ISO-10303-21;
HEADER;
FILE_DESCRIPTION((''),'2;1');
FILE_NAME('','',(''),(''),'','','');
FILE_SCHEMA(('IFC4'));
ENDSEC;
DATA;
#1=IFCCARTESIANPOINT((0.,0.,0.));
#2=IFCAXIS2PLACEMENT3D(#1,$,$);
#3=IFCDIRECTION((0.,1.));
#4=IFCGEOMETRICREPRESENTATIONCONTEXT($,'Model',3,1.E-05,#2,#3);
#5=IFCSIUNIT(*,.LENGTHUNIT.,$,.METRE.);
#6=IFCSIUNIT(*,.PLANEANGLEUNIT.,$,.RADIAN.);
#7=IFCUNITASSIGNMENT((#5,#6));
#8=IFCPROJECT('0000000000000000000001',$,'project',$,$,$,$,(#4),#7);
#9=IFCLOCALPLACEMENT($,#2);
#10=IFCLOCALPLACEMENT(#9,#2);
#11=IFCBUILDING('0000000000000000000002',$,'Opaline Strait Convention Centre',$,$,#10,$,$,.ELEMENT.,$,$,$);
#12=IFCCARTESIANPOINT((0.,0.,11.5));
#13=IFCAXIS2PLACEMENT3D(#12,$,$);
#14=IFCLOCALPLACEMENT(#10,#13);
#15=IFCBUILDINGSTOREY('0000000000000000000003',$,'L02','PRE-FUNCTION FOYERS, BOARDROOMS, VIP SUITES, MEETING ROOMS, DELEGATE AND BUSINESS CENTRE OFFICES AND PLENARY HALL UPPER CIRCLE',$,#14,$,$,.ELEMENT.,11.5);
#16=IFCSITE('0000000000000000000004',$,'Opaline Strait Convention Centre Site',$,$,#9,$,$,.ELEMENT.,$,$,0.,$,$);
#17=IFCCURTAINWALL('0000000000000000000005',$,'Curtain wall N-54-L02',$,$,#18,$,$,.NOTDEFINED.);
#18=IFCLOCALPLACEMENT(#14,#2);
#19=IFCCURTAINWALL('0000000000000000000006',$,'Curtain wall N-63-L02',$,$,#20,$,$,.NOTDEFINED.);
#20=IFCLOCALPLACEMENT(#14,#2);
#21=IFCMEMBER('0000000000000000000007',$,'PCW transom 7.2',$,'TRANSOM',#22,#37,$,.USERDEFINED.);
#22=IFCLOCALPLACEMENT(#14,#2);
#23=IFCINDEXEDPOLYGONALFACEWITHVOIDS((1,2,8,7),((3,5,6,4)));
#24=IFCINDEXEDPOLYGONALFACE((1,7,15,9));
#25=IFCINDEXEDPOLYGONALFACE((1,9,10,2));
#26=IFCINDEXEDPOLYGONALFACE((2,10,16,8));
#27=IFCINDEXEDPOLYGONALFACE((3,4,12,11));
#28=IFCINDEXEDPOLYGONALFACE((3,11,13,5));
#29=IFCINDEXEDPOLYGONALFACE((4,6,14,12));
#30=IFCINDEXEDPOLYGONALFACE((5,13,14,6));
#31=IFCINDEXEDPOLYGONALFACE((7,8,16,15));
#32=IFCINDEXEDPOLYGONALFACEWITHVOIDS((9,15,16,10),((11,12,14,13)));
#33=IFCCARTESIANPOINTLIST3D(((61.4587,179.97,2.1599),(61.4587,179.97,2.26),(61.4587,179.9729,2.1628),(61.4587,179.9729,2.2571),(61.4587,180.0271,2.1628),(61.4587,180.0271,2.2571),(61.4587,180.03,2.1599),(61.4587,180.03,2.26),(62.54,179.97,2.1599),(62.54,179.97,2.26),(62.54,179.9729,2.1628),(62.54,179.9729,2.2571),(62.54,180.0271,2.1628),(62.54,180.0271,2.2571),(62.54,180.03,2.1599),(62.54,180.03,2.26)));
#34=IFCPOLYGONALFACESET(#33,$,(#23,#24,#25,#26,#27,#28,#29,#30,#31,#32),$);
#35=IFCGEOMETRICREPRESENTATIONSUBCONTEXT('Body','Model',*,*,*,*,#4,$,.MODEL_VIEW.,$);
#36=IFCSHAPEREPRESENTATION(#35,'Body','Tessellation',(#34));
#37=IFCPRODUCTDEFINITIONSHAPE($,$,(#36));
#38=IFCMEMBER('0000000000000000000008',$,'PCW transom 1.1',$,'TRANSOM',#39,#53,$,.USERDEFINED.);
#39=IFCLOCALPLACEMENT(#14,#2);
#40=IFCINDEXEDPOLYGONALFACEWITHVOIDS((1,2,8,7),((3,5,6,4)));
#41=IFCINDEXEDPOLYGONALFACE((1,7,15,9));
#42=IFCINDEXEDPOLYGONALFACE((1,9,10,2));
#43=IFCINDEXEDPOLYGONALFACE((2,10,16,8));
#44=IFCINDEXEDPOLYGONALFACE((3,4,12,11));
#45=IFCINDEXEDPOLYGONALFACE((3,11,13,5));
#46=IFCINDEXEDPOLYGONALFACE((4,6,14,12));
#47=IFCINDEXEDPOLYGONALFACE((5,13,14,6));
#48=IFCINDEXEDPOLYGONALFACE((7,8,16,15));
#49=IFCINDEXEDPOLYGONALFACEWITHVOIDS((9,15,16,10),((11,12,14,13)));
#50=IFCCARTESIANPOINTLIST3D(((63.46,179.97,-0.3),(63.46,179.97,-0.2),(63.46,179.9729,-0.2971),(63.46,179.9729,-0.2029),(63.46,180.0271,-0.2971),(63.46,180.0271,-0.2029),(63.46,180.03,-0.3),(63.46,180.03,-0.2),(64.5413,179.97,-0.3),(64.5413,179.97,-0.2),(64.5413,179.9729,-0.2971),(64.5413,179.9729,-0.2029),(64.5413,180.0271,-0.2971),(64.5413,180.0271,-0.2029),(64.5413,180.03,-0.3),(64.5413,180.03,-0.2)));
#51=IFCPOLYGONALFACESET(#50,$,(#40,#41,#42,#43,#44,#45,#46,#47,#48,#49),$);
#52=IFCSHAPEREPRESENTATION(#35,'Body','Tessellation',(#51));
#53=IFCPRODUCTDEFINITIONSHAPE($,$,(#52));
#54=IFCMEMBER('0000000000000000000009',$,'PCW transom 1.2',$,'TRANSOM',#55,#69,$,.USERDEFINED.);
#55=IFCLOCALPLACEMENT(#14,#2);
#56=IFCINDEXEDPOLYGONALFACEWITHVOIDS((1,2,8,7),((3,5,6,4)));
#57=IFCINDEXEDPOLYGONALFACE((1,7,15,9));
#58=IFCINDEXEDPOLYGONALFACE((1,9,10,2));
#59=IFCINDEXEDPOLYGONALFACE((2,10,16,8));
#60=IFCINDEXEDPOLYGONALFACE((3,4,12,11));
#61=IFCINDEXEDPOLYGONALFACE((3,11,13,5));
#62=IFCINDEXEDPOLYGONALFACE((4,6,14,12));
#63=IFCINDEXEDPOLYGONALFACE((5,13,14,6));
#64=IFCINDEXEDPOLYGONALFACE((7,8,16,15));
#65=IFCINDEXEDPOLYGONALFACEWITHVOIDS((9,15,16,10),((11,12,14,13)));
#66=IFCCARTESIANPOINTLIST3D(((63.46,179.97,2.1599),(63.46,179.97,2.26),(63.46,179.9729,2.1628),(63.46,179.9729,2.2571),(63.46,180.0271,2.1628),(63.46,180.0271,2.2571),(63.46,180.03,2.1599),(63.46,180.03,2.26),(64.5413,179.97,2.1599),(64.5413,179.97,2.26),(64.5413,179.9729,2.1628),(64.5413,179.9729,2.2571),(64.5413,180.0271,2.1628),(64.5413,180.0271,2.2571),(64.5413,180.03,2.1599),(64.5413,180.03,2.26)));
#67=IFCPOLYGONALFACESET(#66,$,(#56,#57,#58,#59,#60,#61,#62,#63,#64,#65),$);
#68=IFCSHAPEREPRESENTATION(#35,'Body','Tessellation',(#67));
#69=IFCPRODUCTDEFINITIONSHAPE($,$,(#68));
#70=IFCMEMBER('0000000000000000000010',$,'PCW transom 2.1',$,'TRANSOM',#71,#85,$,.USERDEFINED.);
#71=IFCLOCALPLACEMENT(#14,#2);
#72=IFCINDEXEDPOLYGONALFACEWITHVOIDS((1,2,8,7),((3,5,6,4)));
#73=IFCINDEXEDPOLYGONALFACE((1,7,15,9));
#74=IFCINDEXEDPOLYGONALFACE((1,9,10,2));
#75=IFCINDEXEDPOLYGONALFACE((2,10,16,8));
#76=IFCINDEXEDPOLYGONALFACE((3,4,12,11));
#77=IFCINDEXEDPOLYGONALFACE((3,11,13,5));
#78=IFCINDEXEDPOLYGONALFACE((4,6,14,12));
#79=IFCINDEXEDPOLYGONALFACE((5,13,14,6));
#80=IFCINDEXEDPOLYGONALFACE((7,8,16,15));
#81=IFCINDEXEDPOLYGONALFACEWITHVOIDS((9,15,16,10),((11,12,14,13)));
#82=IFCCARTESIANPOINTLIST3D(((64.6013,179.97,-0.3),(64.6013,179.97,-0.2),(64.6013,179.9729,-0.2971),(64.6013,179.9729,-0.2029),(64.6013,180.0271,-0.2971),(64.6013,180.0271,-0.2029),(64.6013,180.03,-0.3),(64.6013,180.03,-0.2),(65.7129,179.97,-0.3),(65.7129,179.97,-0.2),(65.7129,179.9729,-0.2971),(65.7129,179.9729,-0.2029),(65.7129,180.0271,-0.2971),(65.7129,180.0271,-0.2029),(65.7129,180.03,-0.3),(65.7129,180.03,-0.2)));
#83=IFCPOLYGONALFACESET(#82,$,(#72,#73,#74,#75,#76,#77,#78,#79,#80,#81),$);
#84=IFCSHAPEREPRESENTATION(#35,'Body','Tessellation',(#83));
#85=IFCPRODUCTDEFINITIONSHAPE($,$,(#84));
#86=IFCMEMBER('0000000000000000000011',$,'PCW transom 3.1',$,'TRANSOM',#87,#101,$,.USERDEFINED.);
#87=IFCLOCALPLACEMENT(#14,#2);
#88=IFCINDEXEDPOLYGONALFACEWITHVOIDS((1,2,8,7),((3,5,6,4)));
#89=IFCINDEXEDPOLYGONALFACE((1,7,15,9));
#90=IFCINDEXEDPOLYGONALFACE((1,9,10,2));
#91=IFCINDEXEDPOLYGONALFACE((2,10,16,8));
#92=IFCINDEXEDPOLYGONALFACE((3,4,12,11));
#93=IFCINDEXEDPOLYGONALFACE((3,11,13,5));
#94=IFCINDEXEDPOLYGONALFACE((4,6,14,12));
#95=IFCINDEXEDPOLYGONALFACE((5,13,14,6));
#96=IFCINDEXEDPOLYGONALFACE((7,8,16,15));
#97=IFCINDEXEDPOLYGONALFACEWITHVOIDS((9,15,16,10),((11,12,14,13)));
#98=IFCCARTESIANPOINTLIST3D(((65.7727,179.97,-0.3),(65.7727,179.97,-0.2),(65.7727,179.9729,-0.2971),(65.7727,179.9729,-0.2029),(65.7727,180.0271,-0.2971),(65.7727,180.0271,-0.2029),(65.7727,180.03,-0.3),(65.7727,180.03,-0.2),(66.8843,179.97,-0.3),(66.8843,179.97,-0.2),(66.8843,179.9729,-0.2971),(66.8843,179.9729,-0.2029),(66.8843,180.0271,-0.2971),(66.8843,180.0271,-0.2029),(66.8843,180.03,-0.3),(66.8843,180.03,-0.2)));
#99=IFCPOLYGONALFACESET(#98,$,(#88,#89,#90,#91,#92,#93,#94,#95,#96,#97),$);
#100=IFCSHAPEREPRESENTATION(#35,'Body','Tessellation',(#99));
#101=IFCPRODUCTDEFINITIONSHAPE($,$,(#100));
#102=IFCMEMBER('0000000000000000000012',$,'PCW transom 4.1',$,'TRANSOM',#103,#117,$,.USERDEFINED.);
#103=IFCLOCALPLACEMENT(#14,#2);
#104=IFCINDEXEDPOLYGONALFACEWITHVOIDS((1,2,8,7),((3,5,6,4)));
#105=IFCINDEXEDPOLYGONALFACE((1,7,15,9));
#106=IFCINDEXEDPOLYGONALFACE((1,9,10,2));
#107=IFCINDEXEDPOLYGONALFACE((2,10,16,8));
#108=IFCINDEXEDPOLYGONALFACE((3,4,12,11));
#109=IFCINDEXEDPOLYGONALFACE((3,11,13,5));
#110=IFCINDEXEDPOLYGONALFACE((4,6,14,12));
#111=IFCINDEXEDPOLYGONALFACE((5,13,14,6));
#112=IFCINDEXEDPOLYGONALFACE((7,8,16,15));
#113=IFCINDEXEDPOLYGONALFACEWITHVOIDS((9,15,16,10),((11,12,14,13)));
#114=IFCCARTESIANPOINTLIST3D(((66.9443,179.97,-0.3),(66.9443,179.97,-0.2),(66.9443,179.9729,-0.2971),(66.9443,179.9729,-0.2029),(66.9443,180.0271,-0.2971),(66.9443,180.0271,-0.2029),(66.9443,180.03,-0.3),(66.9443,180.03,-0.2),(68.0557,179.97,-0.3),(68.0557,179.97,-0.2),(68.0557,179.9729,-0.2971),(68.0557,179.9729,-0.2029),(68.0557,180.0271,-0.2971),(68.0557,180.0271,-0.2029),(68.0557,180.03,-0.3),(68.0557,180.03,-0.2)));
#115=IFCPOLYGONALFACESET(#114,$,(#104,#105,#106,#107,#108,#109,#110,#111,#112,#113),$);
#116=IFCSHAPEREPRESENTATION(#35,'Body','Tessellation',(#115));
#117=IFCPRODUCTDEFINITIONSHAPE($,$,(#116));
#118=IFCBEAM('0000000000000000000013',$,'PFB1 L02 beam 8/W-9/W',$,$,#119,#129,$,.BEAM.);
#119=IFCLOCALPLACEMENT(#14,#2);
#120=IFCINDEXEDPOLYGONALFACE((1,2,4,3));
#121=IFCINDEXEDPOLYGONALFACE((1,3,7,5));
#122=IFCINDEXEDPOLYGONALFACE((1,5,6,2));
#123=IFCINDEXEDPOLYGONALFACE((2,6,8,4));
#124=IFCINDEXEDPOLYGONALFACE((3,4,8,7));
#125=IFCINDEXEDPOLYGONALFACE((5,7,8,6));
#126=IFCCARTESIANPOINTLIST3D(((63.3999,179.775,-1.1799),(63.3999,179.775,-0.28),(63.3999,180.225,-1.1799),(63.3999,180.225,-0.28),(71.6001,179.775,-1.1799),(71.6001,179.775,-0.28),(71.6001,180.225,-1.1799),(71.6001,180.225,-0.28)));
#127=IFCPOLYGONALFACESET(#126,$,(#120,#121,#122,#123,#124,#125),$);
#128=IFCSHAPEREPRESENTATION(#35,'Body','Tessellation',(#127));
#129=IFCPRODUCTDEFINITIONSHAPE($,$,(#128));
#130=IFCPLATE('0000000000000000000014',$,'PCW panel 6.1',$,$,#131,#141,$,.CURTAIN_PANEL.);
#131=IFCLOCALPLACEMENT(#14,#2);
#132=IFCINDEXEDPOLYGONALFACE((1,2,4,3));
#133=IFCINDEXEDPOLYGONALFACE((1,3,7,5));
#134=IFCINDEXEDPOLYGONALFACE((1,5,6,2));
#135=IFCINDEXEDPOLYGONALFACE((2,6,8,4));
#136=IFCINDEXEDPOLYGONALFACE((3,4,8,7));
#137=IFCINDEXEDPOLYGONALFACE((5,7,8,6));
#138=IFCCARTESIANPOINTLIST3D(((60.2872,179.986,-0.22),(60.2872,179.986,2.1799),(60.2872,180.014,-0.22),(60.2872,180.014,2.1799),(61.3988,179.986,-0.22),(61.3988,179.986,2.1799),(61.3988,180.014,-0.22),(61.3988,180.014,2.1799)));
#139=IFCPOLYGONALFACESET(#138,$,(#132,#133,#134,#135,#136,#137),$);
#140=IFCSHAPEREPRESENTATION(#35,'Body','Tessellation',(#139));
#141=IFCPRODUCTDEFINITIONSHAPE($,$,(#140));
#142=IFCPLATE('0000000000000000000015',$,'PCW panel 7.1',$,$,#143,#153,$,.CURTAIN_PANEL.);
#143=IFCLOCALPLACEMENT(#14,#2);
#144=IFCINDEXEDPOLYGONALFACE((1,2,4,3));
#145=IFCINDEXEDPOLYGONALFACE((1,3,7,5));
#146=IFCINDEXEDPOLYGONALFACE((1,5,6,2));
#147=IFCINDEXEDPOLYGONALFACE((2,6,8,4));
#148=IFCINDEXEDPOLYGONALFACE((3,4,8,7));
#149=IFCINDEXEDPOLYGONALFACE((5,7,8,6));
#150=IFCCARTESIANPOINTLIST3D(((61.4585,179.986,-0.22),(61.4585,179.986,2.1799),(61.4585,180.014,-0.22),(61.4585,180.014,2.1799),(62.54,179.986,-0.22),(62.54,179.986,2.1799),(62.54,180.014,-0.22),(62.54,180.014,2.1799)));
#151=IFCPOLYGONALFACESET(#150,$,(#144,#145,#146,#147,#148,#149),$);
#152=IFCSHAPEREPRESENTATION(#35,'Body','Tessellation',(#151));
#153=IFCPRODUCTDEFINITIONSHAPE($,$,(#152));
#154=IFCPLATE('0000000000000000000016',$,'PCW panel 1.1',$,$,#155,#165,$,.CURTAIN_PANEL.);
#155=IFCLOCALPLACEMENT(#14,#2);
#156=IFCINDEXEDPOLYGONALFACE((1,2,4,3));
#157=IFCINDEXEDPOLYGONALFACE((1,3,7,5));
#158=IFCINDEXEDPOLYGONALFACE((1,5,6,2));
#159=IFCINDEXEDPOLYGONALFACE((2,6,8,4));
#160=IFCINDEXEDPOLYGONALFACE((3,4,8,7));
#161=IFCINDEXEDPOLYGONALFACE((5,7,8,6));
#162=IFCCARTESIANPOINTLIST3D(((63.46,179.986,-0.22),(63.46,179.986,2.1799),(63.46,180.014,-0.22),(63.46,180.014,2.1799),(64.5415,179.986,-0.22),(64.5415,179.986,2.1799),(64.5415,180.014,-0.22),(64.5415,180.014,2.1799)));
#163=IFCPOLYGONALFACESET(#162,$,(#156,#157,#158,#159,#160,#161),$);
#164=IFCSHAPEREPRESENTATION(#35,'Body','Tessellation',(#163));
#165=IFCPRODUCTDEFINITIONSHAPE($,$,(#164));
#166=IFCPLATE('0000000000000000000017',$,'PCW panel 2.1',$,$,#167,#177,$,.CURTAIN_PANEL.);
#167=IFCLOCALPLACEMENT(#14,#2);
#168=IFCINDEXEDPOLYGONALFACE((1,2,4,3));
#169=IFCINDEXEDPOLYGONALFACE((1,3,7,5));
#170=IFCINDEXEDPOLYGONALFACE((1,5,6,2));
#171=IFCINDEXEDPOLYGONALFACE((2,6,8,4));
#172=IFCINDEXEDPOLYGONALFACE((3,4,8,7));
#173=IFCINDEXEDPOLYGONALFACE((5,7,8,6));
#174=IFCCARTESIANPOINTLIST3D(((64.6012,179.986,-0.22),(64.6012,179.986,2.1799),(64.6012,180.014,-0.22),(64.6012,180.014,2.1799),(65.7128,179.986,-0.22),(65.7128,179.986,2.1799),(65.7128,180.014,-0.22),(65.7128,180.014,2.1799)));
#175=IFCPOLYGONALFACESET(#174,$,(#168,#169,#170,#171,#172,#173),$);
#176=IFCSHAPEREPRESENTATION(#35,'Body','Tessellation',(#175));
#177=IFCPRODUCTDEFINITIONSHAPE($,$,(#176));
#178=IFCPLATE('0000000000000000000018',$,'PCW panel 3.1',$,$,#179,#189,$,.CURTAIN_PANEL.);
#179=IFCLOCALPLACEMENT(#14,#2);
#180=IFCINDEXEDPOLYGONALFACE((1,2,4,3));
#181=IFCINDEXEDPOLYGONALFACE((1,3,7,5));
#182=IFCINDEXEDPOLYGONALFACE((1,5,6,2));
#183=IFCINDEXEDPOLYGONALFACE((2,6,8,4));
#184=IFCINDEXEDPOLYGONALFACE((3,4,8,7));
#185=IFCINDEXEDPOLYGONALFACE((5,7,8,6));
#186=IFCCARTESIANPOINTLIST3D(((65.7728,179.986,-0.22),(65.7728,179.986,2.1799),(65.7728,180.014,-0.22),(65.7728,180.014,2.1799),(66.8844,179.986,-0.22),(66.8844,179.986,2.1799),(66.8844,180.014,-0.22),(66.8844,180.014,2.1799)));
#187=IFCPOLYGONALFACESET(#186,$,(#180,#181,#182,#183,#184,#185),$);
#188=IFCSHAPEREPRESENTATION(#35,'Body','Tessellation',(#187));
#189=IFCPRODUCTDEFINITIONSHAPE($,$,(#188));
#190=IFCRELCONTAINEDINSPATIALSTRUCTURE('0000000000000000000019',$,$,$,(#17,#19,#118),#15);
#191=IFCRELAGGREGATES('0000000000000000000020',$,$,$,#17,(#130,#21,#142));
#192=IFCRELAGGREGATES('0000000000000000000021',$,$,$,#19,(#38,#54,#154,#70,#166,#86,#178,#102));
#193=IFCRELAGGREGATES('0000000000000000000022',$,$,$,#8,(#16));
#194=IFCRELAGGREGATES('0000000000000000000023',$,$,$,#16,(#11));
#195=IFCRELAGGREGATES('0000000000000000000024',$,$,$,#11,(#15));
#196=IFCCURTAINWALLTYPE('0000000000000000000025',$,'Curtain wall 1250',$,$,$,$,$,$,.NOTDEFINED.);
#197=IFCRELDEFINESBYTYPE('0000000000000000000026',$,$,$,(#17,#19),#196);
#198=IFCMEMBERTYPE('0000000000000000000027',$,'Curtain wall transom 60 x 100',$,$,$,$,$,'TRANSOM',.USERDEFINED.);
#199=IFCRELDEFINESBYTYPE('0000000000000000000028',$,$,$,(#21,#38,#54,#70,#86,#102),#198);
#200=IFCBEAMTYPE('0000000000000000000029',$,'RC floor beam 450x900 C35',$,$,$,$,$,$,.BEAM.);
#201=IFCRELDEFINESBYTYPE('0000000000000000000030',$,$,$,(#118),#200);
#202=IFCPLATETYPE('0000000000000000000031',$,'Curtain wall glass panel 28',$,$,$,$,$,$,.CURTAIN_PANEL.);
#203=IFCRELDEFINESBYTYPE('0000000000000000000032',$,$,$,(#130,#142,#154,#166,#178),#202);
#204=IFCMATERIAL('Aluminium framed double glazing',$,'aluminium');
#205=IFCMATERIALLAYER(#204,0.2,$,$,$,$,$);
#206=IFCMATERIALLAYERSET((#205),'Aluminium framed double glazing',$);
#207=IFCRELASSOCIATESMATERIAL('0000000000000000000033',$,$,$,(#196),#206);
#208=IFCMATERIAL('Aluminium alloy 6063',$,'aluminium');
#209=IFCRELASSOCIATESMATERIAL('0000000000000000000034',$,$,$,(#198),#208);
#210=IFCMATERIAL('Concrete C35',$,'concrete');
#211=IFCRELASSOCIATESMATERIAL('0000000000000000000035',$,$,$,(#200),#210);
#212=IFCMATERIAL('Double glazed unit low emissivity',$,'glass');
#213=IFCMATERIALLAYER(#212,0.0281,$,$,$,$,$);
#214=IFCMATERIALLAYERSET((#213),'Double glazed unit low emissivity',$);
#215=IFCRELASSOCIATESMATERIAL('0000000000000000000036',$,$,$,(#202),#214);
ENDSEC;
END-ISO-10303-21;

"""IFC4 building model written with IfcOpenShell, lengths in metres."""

from ifc_helpers import new_model, si_unit, direction, frame, origin, origin_2d, place, context, subcontext, project, spatial, rectangle, hollow_rectangle, extrude, material, layer, layer_set, material_profile, profile_set, type_object, element, aggregate, save


model = new_model("IFC4")

# Units and contexts
model_context = context("Model", 3, precision=1e-05, world=origin(), true_north=direction((0.0, 1.0)))
body_context = subcontext(model_context, "Body", "Model", "MODEL_VIEW")
ifc_project = project(units=[si_unit("LENGTHUNIT", "METRE"), si_unit("PLANEANGLEUNIT", "RADIAN")], contexts=[model_context])

# Site, building, storey
site_placement = place(None, origin())
site = spatial("IfcSite", under=ifc_project, at=site_placement, Name="Opaline Strait Convention Centre Site", CompositionType="ELEMENT", RefElevation=0.0)
building_placement = place(site_placement, origin())
building = spatial("IfcBuilding", under=site, at=building_placement, Name="Opaline Strait Convention Centre", CompositionType="ELEMENT")
storey_placement = place(building_placement, frame((0.0, 0.0, 11.5)))
storey = spatial("IfcBuildingStorey", under=building, at=storey_placement, Name="L02", Description="PRE-FUNCTION FOYERS, BOARDROOMS, VIP SUITES, MEETING ROOMS, DELEGATE AND BUSINESS CENTRE OFFICES AND PLENARY HALL UPPER CIRCLE", CompositionType="ELEMENT", Elevation=11.5)

# Curtain walls
ifc_material_1 = material(Name="Aluminium framed double glazing", Category="aluminium")
ifc_layer_1 = layer(ifc_material_1, 0.2)
ifc_layer_set_1 = layer_set([ifc_layer_1], Name="Aluminium framed double glazing")
curtain_wall_type = type_object("IfcCurtainWallType", Name="Curtain wall 1250", PredefinedType="NOTDEFINED", material=ifc_layer_set_1)
curtain_wall_1_placement = place(storey_placement, origin())
curtain_wall_1 = element("IfcCurtainWall", 1, at=curtain_wall_1_placement, inside=storey, type_object=curtain_wall_type, Name="Curtain wall N-54-L02", PredefinedType="NOTDEFINED")
ifc_material_2 = material(Name="Aluminium alloy 6063", Category="aluminium")
curtain_wall_2_placement = place(storey_placement, origin())
curtain_wall_2 = element("IfcCurtainWall", 2, at=curtain_wall_2_placement, inside=storey, type_object=curtain_wall_type, Name="Curtain wall N-63-L02", PredefinedType="NOTDEFINED")

# Members
ifc_material_profile_1 = material_profile(ifc_material_2, hollow_rectangle(XDim=0.0601, YDim=0.1001, WallThickness=0.0029, at=origin_2d()), Name="TRANSOM 60x100x3")
ifc_profile_set_1 = profile_set([ifc_material_profile_1], Name="Aluminium alloy 6063")
member_type_1 = type_object("IfcMemberType", Name="Curtain wall transom 60 x 100", ElementType="TRANSOM", PredefinedType="USERDEFINED", material=ifc_profile_set_1)
member_1_placement = place(storey_placement, frame((61.4587, 180.0, 2.21), z_axis=(1.0, 0.0, 0.0), x_axis=(0.0, 1.0, 0.0)))
member_1 = element("IfcMember", 3, at=member_1_placement, type_object=member_type_1, Name="PCW transom 7.2", ObjectType="TRANSOM", PredefinedType="USERDEFINED", context=body_context, shape_type="SweptSolid", body=[
    extrude(hollow_rectangle(XDim=0.0601, YDim=0.1001, WallThickness=0.0029, at=origin_2d()), origin(), (0.0, 0.0, 1.0), 1.0813),
])
member_2_placement = place(storey_placement, frame((63.46, 180.0, -0.25), z_axis=(1.0, 0.0, 0.0), x_axis=(0.0, 1.0, 0.0)))
member_2 = element("IfcMember", 4, at=member_2_placement, type_object=member_type_1, Name="PCW transom 1.1", ObjectType="TRANSOM", PredefinedType="USERDEFINED", context=body_context, shape_type="SweptSolid", body=[
    extrude(hollow_rectangle(XDim=0.0601, YDim=0.1001, WallThickness=0.0029, at=origin_2d()), origin(), (0.0, 0.0, 1.0), 1.0813),
])
member_3_placement = place(storey_placement, frame((63.46, 180.0, 2.21), z_axis=(1.0, 0.0, 0.0), x_axis=(0.0, 1.0, 0.0)))
member_3 = element("IfcMember", 5, at=member_3_placement, type_object=member_type_1, Name="PCW transom 1.2", ObjectType="TRANSOM", PredefinedType="USERDEFINED", context=body_context, shape_type="SweptSolid", body=[
    extrude(hollow_rectangle(XDim=0.0601, YDim=0.1001, WallThickness=0.0029, at=origin_2d()), origin(), (0.0, 0.0, 1.0), 1.0813),
])
member_4_placement = place(storey_placement, frame((64.6013, 180.0, -0.25), z_axis=(1.0, 0.0, 0.0), x_axis=(0.0, 1.0, 0.0)))
member_4 = element("IfcMember", 6, at=member_4_placement, type_object=member_type_1, Name="PCW transom 2.1", ObjectType="TRANSOM", PredefinedType="USERDEFINED", context=body_context, shape_type="SweptSolid", body=[
    extrude(hollow_rectangle(XDim=0.0601, YDim=0.1001, WallThickness=0.0029, at=origin_2d()), origin(), (0.0, 0.0, 1.0), 1.1116),
])
member_5_placement = place(storey_placement, frame((65.7727, 180.0, -0.25), z_axis=(1.0, 0.0, 0.0), x_axis=(0.0, 1.0, 0.0)))
member_5 = element("IfcMember", 7, at=member_5_placement, type_object=member_type_1, Name="PCW transom 3.1", ObjectType="TRANSOM", PredefinedType="USERDEFINED", context=body_context, shape_type="SweptSolid", body=[
    extrude(hollow_rectangle(XDim=0.0601, YDim=0.1001, WallThickness=0.0029, at=origin_2d()), origin(), (0.0, 0.0, 1.0), 1.1116),
])
member_6_placement = place(storey_placement, frame((66.9443, 180.0, -0.25), z_axis=(1.0, 0.0, 0.0), x_axis=(0.0, 1.0, 0.0)))
member_6 = element("IfcMember", 8, at=member_6_placement, type_object=member_type_1, Name="PCW transom 4.1", ObjectType="TRANSOM", PredefinedType="USERDEFINED", context=body_context, shape_type="SweptSolid", body=[
    extrude(hollow_rectangle(XDim=0.0601, YDim=0.1001, WallThickness=0.0029, at=origin_2d()), origin(), (0.0, 0.0, 1.0), 1.1113),
])

# Beam
ifc_material_3 = material(Name="Concrete C35", Category="concrete")
ifc_material_profile_2 = material_profile(ifc_material_3, rectangle(XDim=0.45, YDim=0.8999, at=origin_2d()), Name="RC 450x900")
ifc_profile_set_2 = profile_set([ifc_material_profile_2], Name="Concrete C35")
beam_type = type_object("IfcBeamType", Name="RC floor beam 450x900 C35", PredefinedType="BEAM", material=ifc_profile_set_2)
beam_placement = place(storey_placement, frame((63.3999, 180.0, -0.73), z_axis=(1.0, 0.0, 0.0), x_axis=(0.0, 1.0, 0.0)))
element("IfcBeam", 9, at=beam_placement, inside=storey, type_object=beam_type, Name="PFB1 L02 beam 8/W-9/W", PredefinedType="BEAM", context=body_context, shape_type="SweptSolid", body=[
    extrude(rectangle(XDim=0.45, YDim=0.8999, at=origin_2d()), origin(), (0.0, 0.0, 1.0), 8.2002),
])

# Plates
ifc_material_4 = material(Name="Double glazed unit low emissivity", Category="glass")
ifc_layer_2 = layer(ifc_material_4, 0.0281)
ifc_layer_set_2 = layer_set([ifc_layer_2], Name="Double glazed unit low emissivity")
plate_type = type_object("IfcPlateType", Name="Curtain wall glass panel 28", PredefinedType="CURTAIN_PANEL", material=ifc_layer_set_2)
plate_1_placement = place(storey_placement, frame((60.843, 180.0, -0.22), z_axis=(0.0, 0.0, 1.0), x_axis=(1.0, 0.0, 0.0)))
plate_1 = element("IfcPlate", 10, at=plate_1_placement, type_object=plate_type, Name="PCW panel 6.1", PredefinedType="CURTAIN_PANEL", context=body_context, shape_type="SweptSolid", body=[
    extrude(rectangle(XDim=1.1116, YDim=0.0281, at=origin_2d()), origin(), (0.0, 0.0, 1.0), 2.3999),
])
plate_2_placement = place(storey_placement, frame((61.9993, 180.0, -0.22), z_axis=(0.0, 0.0, 1.0), x_axis=(1.0, 0.0, 0.0)))
plate_2 = element("IfcPlate", 11, at=plate_2_placement, type_object=plate_type, Name="PCW panel 7.1", PredefinedType="CURTAIN_PANEL", context=body_context, shape_type="SweptSolid", body=[
    extrude(rectangle(XDim=1.0815, YDim=0.0281, at=origin_2d()), origin(), (0.0, 0.0, 1.0), 2.3999),
])
aggregate(curtain_wall_1, [plate_1, member_1, plate_2])
plate_3_placement = place(storey_placement, frame((64.0007, 180.0, -0.22), z_axis=(0.0, 0.0, 1.0), x_axis=(1.0, 0.0, 0.0)))
plate_3 = element("IfcPlate", 12, at=plate_3_placement, type_object=plate_type, Name="PCW panel 1.1", PredefinedType="CURTAIN_PANEL", context=body_context, shape_type="SweptSolid", body=[
    extrude(rectangle(XDim=1.0815, YDim=0.0281, at=origin_2d()), origin(), (0.0, 0.0, 1.0), 2.3999),
])
plate_4_placement = place(storey_placement, frame((65.157, 180.0, -0.22), z_axis=(0.0, 0.0, 1.0), x_axis=(1.0, 0.0, 0.0)))
plate_4 = element("IfcPlate", 13, at=plate_4_placement, type_object=plate_type, Name="PCW panel 2.1", PredefinedType="CURTAIN_PANEL", context=body_context, shape_type="SweptSolid", body=[
    extrude(rectangle(XDim=1.1116, YDim=0.0281, at=origin_2d()), origin(), (0.0, 0.0, 1.0), 2.3999),
])
plate_5_placement = place(storey_placement, frame((66.3286, 180.0, -0.22), z_axis=(0.0, 0.0, 1.0), x_axis=(1.0, 0.0, 0.0)))
plate_5 = element("IfcPlate", 14, at=plate_5_placement, type_object=plate_type, Name="PCW panel 3.1", PredefinedType="CURTAIN_PANEL", context=body_context, shape_type="SweptSolid", body=[
    extrude(rectangle(XDim=1.1116, YDim=0.0281, at=origin_2d()), origin(), (0.0, 0.0, 1.0), 2.3999),
])
aggregate(curtain_wall_2, [member_2, member_3, plate_3, member_4, plate_4, member_5, plate_5, member_6])

save(model, "model.ifc")
